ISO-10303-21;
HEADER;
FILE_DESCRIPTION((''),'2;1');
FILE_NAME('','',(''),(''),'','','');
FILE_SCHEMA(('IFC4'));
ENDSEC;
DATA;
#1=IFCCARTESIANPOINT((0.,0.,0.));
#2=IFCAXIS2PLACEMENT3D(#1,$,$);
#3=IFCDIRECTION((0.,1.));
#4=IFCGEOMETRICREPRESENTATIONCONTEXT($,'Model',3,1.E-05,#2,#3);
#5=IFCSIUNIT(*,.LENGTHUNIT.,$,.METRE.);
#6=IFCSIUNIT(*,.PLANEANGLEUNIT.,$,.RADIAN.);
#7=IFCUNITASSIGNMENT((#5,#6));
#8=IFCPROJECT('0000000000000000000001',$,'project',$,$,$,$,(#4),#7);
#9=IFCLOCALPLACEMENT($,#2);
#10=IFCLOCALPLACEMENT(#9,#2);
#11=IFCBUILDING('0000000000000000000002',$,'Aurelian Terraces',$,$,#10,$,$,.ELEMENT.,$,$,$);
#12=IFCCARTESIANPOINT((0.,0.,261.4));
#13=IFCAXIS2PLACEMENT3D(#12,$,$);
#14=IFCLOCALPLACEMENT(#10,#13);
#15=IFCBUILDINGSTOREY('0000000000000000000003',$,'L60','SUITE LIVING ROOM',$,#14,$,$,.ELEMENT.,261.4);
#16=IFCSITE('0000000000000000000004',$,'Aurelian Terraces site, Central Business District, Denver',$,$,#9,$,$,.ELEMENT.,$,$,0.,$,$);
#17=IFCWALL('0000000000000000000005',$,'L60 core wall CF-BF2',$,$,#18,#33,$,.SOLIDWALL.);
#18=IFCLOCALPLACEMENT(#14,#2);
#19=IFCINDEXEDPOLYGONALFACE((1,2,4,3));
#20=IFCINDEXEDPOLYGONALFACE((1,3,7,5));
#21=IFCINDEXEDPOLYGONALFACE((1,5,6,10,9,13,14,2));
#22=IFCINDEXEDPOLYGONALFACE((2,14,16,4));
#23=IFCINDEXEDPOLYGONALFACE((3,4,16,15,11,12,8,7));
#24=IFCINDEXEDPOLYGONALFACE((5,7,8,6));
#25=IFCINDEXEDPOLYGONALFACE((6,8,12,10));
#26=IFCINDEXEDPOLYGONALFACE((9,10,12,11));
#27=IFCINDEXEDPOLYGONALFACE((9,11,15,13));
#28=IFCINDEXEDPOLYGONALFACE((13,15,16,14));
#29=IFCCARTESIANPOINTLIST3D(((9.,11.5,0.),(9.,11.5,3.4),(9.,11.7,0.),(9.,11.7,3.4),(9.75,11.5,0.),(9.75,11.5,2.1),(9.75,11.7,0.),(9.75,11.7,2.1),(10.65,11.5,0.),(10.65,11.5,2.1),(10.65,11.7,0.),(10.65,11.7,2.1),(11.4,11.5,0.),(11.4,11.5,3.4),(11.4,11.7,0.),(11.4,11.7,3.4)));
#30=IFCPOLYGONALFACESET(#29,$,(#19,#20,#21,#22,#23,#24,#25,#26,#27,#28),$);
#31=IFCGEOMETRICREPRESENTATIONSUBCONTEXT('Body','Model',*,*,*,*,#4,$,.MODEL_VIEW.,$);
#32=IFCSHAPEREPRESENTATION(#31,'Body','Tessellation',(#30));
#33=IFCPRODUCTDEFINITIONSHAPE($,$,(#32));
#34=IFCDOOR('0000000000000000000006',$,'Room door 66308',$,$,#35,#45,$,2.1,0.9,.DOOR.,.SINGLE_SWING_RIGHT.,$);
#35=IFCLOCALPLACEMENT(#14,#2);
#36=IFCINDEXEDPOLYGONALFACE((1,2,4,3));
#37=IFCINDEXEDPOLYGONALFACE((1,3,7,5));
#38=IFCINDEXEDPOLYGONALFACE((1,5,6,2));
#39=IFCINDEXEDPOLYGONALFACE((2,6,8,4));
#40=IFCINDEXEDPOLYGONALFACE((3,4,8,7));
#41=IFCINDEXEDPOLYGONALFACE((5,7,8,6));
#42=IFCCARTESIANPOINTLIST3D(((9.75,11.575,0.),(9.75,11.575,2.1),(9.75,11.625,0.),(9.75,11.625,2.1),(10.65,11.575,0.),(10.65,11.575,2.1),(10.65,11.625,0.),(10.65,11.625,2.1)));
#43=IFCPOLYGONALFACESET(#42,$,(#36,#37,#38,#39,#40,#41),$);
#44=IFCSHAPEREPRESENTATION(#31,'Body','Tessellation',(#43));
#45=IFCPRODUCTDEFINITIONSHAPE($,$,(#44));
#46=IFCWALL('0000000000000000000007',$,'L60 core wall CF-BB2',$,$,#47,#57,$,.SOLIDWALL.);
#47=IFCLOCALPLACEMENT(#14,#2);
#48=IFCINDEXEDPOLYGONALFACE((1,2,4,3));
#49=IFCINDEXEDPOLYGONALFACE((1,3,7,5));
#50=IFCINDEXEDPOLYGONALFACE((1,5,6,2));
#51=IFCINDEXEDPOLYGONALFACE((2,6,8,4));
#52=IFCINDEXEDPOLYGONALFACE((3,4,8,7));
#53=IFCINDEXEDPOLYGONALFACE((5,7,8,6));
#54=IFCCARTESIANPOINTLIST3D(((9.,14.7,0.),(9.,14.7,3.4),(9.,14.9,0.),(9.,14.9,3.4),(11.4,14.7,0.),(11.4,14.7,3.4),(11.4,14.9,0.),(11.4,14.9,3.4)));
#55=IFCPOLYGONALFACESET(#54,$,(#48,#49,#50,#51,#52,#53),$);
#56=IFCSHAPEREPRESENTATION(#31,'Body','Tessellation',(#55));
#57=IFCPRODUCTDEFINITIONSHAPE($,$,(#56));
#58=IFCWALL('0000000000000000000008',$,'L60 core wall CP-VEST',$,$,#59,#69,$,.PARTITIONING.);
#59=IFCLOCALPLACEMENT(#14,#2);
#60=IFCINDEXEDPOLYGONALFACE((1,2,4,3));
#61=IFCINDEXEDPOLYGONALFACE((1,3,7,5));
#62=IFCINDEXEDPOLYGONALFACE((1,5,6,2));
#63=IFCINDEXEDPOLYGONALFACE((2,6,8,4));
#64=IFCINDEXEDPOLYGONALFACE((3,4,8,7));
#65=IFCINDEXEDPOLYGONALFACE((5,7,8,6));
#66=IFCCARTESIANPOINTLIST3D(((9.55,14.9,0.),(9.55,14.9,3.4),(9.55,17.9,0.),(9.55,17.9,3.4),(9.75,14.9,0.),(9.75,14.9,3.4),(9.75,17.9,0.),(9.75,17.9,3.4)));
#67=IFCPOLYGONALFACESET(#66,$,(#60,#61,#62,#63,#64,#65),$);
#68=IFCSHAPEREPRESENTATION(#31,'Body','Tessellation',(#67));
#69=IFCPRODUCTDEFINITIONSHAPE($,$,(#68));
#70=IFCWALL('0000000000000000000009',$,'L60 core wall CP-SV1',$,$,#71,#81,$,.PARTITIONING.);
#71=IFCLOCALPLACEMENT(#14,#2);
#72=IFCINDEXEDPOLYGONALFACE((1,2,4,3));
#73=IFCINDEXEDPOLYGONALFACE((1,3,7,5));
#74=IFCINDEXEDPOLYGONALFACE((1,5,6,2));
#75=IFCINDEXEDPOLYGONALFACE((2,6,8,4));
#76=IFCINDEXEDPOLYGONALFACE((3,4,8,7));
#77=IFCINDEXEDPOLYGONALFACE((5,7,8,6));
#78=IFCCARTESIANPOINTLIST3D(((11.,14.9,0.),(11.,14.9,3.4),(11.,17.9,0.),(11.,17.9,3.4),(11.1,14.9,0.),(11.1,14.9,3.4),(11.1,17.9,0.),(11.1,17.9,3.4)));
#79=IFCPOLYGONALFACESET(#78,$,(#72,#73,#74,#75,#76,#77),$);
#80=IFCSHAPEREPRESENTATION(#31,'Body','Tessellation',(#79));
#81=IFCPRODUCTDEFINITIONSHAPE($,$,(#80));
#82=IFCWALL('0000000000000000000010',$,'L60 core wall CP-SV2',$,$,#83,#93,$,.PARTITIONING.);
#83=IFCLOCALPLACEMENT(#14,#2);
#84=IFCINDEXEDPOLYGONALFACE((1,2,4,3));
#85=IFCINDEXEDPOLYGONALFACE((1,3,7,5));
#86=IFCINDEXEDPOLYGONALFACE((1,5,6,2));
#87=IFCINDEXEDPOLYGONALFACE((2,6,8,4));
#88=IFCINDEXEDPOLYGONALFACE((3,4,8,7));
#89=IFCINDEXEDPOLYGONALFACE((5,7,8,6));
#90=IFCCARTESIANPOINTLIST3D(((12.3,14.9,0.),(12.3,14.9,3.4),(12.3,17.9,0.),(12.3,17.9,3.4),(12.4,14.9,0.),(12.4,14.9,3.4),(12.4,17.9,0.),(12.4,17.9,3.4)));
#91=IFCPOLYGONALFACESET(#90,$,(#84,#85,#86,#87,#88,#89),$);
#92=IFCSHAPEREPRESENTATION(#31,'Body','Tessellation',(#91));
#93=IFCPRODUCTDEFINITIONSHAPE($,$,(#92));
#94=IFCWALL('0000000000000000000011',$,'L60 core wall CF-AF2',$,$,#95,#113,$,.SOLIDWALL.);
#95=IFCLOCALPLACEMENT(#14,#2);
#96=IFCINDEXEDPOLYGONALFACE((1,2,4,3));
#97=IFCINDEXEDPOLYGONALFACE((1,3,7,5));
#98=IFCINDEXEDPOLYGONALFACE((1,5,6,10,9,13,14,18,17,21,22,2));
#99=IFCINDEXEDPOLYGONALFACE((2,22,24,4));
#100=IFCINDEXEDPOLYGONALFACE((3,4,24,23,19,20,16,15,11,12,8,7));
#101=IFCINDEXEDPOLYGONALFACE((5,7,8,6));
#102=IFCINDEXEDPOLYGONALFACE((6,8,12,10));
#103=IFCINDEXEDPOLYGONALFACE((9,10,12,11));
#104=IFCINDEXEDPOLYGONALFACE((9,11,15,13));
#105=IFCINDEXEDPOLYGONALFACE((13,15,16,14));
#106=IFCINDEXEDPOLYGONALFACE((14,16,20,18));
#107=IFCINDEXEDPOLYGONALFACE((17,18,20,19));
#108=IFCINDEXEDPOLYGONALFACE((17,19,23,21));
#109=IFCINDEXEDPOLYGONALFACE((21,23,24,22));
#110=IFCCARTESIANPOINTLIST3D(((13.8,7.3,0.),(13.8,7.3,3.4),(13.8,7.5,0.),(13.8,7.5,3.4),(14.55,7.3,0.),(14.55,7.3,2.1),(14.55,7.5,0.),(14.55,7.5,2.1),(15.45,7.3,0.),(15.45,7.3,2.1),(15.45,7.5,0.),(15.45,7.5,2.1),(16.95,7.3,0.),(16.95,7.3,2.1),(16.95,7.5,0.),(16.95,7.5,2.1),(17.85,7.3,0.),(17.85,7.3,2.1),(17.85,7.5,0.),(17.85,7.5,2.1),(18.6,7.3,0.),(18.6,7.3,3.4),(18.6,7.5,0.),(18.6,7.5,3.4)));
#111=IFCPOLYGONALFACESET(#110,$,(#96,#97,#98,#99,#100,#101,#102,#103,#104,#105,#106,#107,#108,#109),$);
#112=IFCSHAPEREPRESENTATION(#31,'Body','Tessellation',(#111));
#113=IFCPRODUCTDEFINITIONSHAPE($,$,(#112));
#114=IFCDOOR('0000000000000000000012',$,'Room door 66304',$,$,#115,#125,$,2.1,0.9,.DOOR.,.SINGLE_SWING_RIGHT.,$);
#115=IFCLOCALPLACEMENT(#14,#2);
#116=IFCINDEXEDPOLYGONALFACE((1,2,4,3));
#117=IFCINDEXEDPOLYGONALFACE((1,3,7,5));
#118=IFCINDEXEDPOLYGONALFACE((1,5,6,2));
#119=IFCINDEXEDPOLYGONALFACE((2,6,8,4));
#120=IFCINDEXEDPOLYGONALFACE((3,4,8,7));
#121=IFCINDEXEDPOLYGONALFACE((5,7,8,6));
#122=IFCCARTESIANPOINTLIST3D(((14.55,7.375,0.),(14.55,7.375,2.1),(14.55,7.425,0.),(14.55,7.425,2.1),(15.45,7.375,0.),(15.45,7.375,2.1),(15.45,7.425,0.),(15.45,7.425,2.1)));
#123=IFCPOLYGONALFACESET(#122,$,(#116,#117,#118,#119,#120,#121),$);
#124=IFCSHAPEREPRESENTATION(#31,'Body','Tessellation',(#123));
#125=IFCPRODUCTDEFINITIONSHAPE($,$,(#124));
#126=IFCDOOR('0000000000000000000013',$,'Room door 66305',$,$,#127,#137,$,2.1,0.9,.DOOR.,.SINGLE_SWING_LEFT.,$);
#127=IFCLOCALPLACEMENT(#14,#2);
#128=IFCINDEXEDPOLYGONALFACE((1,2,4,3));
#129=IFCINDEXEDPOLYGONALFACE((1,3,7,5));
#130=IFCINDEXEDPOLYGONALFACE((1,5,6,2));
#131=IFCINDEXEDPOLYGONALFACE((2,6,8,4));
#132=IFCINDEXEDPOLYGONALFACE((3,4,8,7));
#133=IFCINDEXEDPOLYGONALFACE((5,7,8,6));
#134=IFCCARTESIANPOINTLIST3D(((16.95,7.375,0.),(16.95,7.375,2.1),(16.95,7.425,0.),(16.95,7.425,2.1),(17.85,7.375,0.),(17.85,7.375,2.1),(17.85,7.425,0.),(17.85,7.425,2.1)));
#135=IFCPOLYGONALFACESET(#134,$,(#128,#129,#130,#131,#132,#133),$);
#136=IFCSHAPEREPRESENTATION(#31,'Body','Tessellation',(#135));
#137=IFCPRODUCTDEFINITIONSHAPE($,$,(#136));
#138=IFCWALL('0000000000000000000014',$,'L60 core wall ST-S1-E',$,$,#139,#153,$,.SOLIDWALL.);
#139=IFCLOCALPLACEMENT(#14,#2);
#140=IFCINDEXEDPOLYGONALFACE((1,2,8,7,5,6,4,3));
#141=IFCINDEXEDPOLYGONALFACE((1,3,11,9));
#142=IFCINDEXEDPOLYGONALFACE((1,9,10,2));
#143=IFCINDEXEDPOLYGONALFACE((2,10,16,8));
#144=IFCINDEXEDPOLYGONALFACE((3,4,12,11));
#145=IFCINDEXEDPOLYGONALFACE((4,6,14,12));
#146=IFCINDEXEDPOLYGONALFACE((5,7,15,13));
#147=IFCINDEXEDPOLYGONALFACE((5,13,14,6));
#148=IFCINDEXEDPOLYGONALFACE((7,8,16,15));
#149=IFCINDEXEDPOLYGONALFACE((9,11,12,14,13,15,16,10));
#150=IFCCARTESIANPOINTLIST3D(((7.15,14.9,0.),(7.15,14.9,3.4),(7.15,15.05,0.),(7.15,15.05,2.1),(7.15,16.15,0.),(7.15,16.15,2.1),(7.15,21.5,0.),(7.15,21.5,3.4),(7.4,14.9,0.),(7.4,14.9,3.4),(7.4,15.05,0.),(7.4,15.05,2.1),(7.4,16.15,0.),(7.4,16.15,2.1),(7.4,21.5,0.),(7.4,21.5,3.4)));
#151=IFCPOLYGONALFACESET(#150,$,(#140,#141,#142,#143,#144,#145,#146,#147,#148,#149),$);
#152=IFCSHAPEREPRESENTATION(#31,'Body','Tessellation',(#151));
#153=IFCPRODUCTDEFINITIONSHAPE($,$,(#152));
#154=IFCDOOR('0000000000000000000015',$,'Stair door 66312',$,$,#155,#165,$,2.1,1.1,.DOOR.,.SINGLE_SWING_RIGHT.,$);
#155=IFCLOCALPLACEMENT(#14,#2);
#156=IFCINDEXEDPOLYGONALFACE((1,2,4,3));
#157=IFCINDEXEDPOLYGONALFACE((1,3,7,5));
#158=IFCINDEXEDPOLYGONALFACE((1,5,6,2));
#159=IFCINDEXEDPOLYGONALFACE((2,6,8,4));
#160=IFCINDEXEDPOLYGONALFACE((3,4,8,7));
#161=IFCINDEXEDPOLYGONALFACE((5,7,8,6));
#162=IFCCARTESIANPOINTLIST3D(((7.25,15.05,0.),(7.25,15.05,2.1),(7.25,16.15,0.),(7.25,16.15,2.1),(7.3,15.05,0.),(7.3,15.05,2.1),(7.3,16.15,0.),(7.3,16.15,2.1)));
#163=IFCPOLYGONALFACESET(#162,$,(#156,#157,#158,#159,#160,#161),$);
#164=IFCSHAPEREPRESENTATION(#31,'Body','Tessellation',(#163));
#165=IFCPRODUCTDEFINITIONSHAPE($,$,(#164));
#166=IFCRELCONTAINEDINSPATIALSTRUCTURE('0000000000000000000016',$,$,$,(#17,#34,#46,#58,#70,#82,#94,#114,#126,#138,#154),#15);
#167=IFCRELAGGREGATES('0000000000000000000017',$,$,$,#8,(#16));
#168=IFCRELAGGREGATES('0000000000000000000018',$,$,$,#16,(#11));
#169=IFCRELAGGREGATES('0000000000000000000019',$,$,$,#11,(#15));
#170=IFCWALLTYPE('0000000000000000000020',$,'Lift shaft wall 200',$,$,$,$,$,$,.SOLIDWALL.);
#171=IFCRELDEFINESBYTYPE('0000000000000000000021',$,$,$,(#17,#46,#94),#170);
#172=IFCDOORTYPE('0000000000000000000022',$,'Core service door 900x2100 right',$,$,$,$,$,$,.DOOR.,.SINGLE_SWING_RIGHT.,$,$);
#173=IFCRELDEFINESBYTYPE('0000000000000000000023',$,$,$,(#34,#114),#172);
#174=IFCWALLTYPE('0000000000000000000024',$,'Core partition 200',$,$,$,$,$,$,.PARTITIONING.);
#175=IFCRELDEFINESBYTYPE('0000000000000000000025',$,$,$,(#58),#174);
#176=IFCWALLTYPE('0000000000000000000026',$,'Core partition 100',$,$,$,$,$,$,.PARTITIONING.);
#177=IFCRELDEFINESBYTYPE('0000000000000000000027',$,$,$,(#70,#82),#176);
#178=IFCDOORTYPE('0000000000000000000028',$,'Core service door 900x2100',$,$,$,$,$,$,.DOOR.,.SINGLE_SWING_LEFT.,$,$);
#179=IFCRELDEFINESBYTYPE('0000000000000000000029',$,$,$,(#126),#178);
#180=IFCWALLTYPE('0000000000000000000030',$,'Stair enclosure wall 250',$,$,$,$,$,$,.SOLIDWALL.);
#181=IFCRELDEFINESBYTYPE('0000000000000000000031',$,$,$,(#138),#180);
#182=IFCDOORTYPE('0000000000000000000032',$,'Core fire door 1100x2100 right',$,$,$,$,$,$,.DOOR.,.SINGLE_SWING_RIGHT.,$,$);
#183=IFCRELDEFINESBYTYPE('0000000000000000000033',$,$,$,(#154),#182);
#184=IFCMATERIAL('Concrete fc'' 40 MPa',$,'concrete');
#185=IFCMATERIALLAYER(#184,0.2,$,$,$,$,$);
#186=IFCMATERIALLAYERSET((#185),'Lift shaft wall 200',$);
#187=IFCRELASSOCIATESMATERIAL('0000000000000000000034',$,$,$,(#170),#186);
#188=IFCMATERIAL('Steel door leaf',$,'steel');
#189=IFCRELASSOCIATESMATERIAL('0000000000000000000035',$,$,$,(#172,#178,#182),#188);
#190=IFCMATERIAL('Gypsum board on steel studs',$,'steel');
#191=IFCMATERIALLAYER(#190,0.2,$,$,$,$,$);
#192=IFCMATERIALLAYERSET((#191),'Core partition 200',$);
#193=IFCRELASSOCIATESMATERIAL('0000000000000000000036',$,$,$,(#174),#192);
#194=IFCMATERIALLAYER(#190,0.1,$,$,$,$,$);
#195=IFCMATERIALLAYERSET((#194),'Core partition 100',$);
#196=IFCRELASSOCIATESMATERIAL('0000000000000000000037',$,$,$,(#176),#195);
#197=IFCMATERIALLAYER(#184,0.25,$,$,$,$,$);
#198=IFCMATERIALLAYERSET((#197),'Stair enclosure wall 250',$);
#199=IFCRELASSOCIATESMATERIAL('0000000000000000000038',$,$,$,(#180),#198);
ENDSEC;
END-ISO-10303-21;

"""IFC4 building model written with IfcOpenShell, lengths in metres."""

from ifc_helpers import new_model, si_unit, direction, frame, frame_2d, origin, place, context, subcontext, project, spatial, rectangle, extrude, source, transform, mapped, material, layer, layer_set, type_object, element, fill, save


model = new_model("IFC4")

# Units and contexts
model_context = context("Model", 3, precision=1e-05, world=origin(), true_north=direction((0.0, 1.0)))
body_context = subcontext(model_context, "Body", "Model", "MODEL_VIEW")
ifc_project = project(units=[si_unit("LENGTHUNIT", "METRE"), si_unit("PLANEANGLEUNIT", "RADIAN")], contexts=[model_context])

# Site, building, storey
site_placement = place(None, origin())
site = spatial("IfcSite", under=ifc_project, at=site_placement, Name="Aurelian Terraces site, Central Business District, Denver", CompositionType="ELEMENT", RefElevation=0.0)
building_placement = place(site_placement, origin())
building = spatial("IfcBuilding", under=site, at=building_placement, Name="Aurelian Terraces", CompositionType="ELEMENT")
storey_placement = place(building_placement, frame((0.0, 0.0, 261.4)))
storey = spatial("IfcBuildingStorey", under=building, at=storey_placement, Name="L60", Description="SUITE LIVING ROOM", CompositionType="ELEMENT", Elevation=261.4)

# Shared definitions
ifc_material_1 = material(Name="Concrete fc' 40 MPa", Category="concrete")
ifc_layer_1 = layer(ifc_material_1, 0.2)
ifc_layer_set_1 = layer_set([ifc_layer_1], Name="Lift shaft wall 200")
wall_type_1 = type_object("IfcWallType", Name="Lift shaft wall 200", PredefinedType="SOLIDWALL", material=ifc_layer_set_1)

# Shared definitions
shared_shape_1 = source(origin(), body_context, "Body", "SweptSolid", [
    extrude(rectangle(XDim=1.1, YDim=2.1, at=frame_2d((0.55, 1.05))), frame((0.0, 0.025, 0.0), z_axis=(0.0, -1.0, 0.0), x_axis=(1.0, 0.0, 0.0)), (0.0, 0.0, 1.0), 0.05),
])

# Wall, opening, door
shared_shape_2 = source(origin(), body_context, "Body", "SweptSolid", [
    extrude(rectangle(XDim=2.4, YDim=0.2, at=frame_2d((1.2, 0.0))), origin(), (0.0, 0.0, 1.0), 3.4),
])
wall_1_placement = place(storey_placement, frame((9.0, 11.6, 0.0), z_axis=(0.0, 0.0, 1.0), x_axis=(1.0, 0.0, 0.0)))
wall_1 = element("IfcWall", 1, at=wall_1_placement, inside=storey, type_object=wall_type_1, Name="L60 core wall CF-BF2", PredefinedType="SOLIDWALL", context=body_context, shape_type="MappedRepresentation", body=[
    mapped(shared_shape_2, transform((0.0, 0.0, 0.0), scale=1.0)),
])
shared_shape_3 = source(origin(), body_context, "Body", "SweptSolid", [
    extrude(rectangle(XDim=0.9, YDim=2.1, at=frame_2d((0.45, 1.05))), frame((0.0, 0.11, 0.0), z_axis=(0.0, -1.0, 0.0), x_axis=(1.0, 0.0, 0.0)), (0.0, 0.0, 1.0), 0.22),
])
opening_1_placement = place(wall_1_placement, frame((0.75, 0.0, 0.0)))
opening_1 = element("IfcOpeningElement", 2, at=opening_1_placement, cuts=wall_1, PredefinedType="OPENING", context=body_context, shape_type="MappedRepresentation", body=[
    mapped(shared_shape_3, transform((0.0, 0.0, 0.0), scale=1.0)),
])
ifc_material_2 = material(Name="Steel door leaf", Category="steel")
door_type_1 = type_object("IfcDoorType", Name="Core service door 900x2100 right", OperationType="SINGLE_SWING_RIGHT", PredefinedType="DOOR", material=ifc_material_2)
shared_shape_4 = source(origin(), body_context, "Body", "SweptSolid", [
    extrude(rectangle(XDim=0.9, YDim=2.1, at=frame_2d((0.45, 1.05))), frame((0.0, 0.025, 0.0), z_axis=(0.0, -1.0, 0.0), x_axis=(1.0, 0.0, 0.0)), (0.0, 0.0, 1.0), 0.05),
])
door_1_placement = place(opening_1_placement, origin())
door_1 = element("IfcDoor", 3, at=door_1_placement, inside=storey, type_object=door_type_1, Name="Room door 66308", OperationType="SINGLE_SWING_RIGHT", OverallHeight=2.1, OverallWidth=0.9, PredefinedType="DOOR", context=body_context, shape_type="MappedRepresentation", body=[
    mapped(shared_shape_4, transform((0.0, 0.0, 0.0), scale=1.0)),
])
fill(opening_1, door_1)

# Walls
wall_2_placement = place(storey_placement, frame((9.0, 14.8, 0.0), z_axis=(0.0, 0.0, 1.0), x_axis=(1.0, 0.0, 0.0)))
element("IfcWall", 4, at=wall_2_placement, inside=storey, type_object=wall_type_1, Name="L60 core wall CF-BB2", PredefinedType="SOLIDWALL", context=body_context, shape_type="MappedRepresentation", body=[
    mapped(shared_shape_2, transform((0.0, 0.0, 0.0), scale=1.0)),
])
ifc_material_3 = material(Name="Gypsum board on steel studs", Category="steel")
ifc_layer_2 = layer(ifc_material_3, 0.2)
ifc_layer_set_2 = layer_set([ifc_layer_2], Name="Core partition 200")
wall_type_2 = type_object("IfcWallType", Name="Core partition 200", PredefinedType="PARTITIONING", material=ifc_layer_set_2)
shared_shape_5 = source(origin(), body_context, "Body", "SweptSolid", [
    extrude(rectangle(XDim=3.0, YDim=0.2, at=frame_2d((1.5, 0.0))), origin(), (0.0, 0.0, 1.0), 3.4),
])
wall_3_placement = place(storey_placement, frame((9.65, 14.9, 0.0), z_axis=(0.0, 0.0, 1.0), x_axis=(0.0, 1.0, 0.0)))
element("IfcWall", 5, at=wall_3_placement, inside=storey, type_object=wall_type_2, Name="L60 core wall CP-VEST", PredefinedType="PARTITIONING", context=body_context, shape_type="MappedRepresentation", body=[
    mapped(shared_shape_5, transform((0.0, 0.0, 0.0), scale=1.0)),
])
ifc_layer_3 = layer(ifc_material_3, 0.1)
ifc_layer_set_3 = layer_set([ifc_layer_3], Name="Core partition 100")
wall_type_3 = type_object("IfcWallType", Name="Core partition 100", PredefinedType="PARTITIONING", material=ifc_layer_set_3)
shared_shape_6 = source(origin(), body_context, "Body", "SweptSolid", [
    extrude(rectangle(XDim=3.0, YDim=0.1, at=frame_2d((1.5, 0.0))), origin(), (0.0, 0.0, 1.0), 3.4),
])
for number, where, z_axis, x_axis, name in (
    (6, (11.05, 14.9, 0.0), (0.0, 0.0, 1.0), (0.0, 1.0, 0.0), "L60 core wall CP-SV1"),
    (7, (12.35, 14.9, 0.0), (0.0, 0.0, 1.0), (0.0, 1.0, 0.0), "L60 core wall CP-SV2"),
):
    element("IfcWall", number, at=place(storey_placement, frame(where, z_axis=z_axis, x_axis=x_axis)), inside=storey, type_object=wall_type_3, Name=name, PredefinedType="PARTITIONING", context=body_context, shape_type="MappedRepresentation", body=[
        mapped(shared_shape_6, transform((0.0, 0.0, 0.0), scale=1.0)),
    ])

# Wall, openings, doors
shared_shape_7 = source(origin(), body_context, "Body", "SweptSolid", [
    extrude(rectangle(XDim=4.8, YDim=0.2, at=frame_2d((2.4, 0.0))), origin(), (0.0, 0.0, 1.0), 3.4),
])
wall_4_placement = place(storey_placement, frame((13.8, 7.4, 0.0), z_axis=(0.0, 0.0, 1.0), x_axis=(1.0, 0.0, 0.0)))
wall_4 = element("IfcWall", 8, at=wall_4_placement, inside=storey, type_object=wall_type_1, Name="L60 core wall CF-AF2", PredefinedType="SOLIDWALL", context=body_context, shape_type="MappedRepresentation", body=[
    mapped(shared_shape_7, transform((0.0, 0.0, 0.0), scale=1.0)),
])
opening_2_placement = place(wall_4_placement, frame((0.75, 0.0, 0.0)))
opening_2 = element("IfcOpeningElement", 9, at=opening_2_placement, cuts=wall_4, PredefinedType="OPENING", context=body_context, shape_type="MappedRepresentation", body=[
    mapped(shared_shape_3, transform((0.0, 0.0, 0.0), scale=1.0)),
])
opening_3_placement = place(wall_4_placement, frame((3.15, 0.0, 0.0)))
opening_3 = element("IfcOpeningElement", 10, at=opening_3_placement, cuts=wall_4, PredefinedType="OPENING", context=body_context, shape_type="MappedRepresentation", body=[
    mapped(shared_shape_3, transform((0.0, 0.0, 0.0), scale=1.0)),
])
door_2_placement = place(opening_2_placement, origin())
door_2 = element("IfcDoor", 11, at=door_2_placement, inside=storey, type_object=door_type_1, Name="Room door 66304", OperationType="SINGLE_SWING_RIGHT", OverallHeight=2.1, OverallWidth=0.9, PredefinedType="DOOR", context=body_context, shape_type="MappedRepresentation", body=[
    mapped(shared_shape_4, transform((0.0, 0.0, 0.0), scale=1.0)),
])
fill(opening_2, door_2)
door_type_2 = type_object("IfcDoorType", Name="Core service door 900x2100", OperationType="SINGLE_SWING_LEFT", PredefinedType="DOOR", material=ifc_material_2)
door_3_placement = place(opening_3_placement, origin())
door_3 = element("IfcDoor", 12, at=door_3_placement, inside=storey, type_object=door_type_2, Name="Room door 66305", OperationType="SINGLE_SWING_LEFT", OverallHeight=2.1, OverallWidth=0.9, PredefinedType="DOOR", context=body_context, shape_type="MappedRepresentation", body=[
    mapped(shared_shape_4, transform((0.0, 0.0, 0.0), scale=1.0)),
])
fill(opening_3, door_3)

# Wall, opening, door
ifc_layer_4 = layer(ifc_material_1, 0.25)
ifc_layer_set_4 = layer_set([ifc_layer_4], Name="Stair enclosure wall 250")
wall_type_4 = type_object("IfcWallType", Name="Stair enclosure wall 250", PredefinedType="SOLIDWALL", material=ifc_layer_set_4)
shared_shape_8 = source(origin(), body_context, "Body", "SweptSolid", [
    extrude(rectangle(XDim=6.6, YDim=0.25, at=frame_2d((3.3, 0.0))), origin(), (0.0, 0.0, 1.0), 3.4),
])
wall_5_placement = place(storey_placement, frame((7.275, 14.9, 0.0), z_axis=(0.0, 0.0, 1.0), x_axis=(0.0, 1.0, 0.0)))
wall_5 = element("IfcWall", 13, at=wall_5_placement, inside=storey, type_object=wall_type_4, Name="L60 core wall ST-S1-E", PredefinedType="SOLIDWALL", context=body_context, shape_type="MappedRepresentation", body=[
    mapped(shared_shape_8, transform((0.0, 0.0, 0.0), scale=1.0)),
])
shared_shape_9 = source(origin(), body_context, "Body", "SweptSolid", [
    extrude(rectangle(XDim=1.1, YDim=2.1, at=frame_2d((0.55, 1.05))), frame((0.0, 0.135, 0.0), z_axis=(0.0, -1.0, 0.0), x_axis=(1.0, 0.0, 0.0)), (0.0, 0.0, 1.0), 0.27),
])
opening_4_placement = place(wall_5_placement, frame((0.15, 0.0, 0.0)))
opening_4 = element("IfcOpeningElement", 14, at=opening_4_placement, cuts=wall_5, PredefinedType="OPENING", context=body_context, shape_type="MappedRepresentation", body=[
    mapped(shared_shape_9, transform((0.0, 0.0, 0.0), scale=1.0)),
])
door_type_3 = type_object("IfcDoorType", Name="Core fire door 1100x2100 right", OperationType="SINGLE_SWING_RIGHT", PredefinedType="DOOR", material=ifc_material_2)
door_4_placement = place(opening_4_placement, origin())
door_4 = element("IfcDoor", 15, at=door_4_placement, inside=storey, type_object=door_type_3, Name="Stair door 66312", OperationType="SINGLE_SWING_RIGHT", OverallHeight=2.1, OverallWidth=1.1, PredefinedType="DOOR", context=body_context, shape_type="MappedRepresentation", body=[
    mapped(shared_shape_1, transform((0.0, 0.0, 0.0), scale=1.0)),
])
fill(opening_4, door_4)

save(model, "model.ifc")
